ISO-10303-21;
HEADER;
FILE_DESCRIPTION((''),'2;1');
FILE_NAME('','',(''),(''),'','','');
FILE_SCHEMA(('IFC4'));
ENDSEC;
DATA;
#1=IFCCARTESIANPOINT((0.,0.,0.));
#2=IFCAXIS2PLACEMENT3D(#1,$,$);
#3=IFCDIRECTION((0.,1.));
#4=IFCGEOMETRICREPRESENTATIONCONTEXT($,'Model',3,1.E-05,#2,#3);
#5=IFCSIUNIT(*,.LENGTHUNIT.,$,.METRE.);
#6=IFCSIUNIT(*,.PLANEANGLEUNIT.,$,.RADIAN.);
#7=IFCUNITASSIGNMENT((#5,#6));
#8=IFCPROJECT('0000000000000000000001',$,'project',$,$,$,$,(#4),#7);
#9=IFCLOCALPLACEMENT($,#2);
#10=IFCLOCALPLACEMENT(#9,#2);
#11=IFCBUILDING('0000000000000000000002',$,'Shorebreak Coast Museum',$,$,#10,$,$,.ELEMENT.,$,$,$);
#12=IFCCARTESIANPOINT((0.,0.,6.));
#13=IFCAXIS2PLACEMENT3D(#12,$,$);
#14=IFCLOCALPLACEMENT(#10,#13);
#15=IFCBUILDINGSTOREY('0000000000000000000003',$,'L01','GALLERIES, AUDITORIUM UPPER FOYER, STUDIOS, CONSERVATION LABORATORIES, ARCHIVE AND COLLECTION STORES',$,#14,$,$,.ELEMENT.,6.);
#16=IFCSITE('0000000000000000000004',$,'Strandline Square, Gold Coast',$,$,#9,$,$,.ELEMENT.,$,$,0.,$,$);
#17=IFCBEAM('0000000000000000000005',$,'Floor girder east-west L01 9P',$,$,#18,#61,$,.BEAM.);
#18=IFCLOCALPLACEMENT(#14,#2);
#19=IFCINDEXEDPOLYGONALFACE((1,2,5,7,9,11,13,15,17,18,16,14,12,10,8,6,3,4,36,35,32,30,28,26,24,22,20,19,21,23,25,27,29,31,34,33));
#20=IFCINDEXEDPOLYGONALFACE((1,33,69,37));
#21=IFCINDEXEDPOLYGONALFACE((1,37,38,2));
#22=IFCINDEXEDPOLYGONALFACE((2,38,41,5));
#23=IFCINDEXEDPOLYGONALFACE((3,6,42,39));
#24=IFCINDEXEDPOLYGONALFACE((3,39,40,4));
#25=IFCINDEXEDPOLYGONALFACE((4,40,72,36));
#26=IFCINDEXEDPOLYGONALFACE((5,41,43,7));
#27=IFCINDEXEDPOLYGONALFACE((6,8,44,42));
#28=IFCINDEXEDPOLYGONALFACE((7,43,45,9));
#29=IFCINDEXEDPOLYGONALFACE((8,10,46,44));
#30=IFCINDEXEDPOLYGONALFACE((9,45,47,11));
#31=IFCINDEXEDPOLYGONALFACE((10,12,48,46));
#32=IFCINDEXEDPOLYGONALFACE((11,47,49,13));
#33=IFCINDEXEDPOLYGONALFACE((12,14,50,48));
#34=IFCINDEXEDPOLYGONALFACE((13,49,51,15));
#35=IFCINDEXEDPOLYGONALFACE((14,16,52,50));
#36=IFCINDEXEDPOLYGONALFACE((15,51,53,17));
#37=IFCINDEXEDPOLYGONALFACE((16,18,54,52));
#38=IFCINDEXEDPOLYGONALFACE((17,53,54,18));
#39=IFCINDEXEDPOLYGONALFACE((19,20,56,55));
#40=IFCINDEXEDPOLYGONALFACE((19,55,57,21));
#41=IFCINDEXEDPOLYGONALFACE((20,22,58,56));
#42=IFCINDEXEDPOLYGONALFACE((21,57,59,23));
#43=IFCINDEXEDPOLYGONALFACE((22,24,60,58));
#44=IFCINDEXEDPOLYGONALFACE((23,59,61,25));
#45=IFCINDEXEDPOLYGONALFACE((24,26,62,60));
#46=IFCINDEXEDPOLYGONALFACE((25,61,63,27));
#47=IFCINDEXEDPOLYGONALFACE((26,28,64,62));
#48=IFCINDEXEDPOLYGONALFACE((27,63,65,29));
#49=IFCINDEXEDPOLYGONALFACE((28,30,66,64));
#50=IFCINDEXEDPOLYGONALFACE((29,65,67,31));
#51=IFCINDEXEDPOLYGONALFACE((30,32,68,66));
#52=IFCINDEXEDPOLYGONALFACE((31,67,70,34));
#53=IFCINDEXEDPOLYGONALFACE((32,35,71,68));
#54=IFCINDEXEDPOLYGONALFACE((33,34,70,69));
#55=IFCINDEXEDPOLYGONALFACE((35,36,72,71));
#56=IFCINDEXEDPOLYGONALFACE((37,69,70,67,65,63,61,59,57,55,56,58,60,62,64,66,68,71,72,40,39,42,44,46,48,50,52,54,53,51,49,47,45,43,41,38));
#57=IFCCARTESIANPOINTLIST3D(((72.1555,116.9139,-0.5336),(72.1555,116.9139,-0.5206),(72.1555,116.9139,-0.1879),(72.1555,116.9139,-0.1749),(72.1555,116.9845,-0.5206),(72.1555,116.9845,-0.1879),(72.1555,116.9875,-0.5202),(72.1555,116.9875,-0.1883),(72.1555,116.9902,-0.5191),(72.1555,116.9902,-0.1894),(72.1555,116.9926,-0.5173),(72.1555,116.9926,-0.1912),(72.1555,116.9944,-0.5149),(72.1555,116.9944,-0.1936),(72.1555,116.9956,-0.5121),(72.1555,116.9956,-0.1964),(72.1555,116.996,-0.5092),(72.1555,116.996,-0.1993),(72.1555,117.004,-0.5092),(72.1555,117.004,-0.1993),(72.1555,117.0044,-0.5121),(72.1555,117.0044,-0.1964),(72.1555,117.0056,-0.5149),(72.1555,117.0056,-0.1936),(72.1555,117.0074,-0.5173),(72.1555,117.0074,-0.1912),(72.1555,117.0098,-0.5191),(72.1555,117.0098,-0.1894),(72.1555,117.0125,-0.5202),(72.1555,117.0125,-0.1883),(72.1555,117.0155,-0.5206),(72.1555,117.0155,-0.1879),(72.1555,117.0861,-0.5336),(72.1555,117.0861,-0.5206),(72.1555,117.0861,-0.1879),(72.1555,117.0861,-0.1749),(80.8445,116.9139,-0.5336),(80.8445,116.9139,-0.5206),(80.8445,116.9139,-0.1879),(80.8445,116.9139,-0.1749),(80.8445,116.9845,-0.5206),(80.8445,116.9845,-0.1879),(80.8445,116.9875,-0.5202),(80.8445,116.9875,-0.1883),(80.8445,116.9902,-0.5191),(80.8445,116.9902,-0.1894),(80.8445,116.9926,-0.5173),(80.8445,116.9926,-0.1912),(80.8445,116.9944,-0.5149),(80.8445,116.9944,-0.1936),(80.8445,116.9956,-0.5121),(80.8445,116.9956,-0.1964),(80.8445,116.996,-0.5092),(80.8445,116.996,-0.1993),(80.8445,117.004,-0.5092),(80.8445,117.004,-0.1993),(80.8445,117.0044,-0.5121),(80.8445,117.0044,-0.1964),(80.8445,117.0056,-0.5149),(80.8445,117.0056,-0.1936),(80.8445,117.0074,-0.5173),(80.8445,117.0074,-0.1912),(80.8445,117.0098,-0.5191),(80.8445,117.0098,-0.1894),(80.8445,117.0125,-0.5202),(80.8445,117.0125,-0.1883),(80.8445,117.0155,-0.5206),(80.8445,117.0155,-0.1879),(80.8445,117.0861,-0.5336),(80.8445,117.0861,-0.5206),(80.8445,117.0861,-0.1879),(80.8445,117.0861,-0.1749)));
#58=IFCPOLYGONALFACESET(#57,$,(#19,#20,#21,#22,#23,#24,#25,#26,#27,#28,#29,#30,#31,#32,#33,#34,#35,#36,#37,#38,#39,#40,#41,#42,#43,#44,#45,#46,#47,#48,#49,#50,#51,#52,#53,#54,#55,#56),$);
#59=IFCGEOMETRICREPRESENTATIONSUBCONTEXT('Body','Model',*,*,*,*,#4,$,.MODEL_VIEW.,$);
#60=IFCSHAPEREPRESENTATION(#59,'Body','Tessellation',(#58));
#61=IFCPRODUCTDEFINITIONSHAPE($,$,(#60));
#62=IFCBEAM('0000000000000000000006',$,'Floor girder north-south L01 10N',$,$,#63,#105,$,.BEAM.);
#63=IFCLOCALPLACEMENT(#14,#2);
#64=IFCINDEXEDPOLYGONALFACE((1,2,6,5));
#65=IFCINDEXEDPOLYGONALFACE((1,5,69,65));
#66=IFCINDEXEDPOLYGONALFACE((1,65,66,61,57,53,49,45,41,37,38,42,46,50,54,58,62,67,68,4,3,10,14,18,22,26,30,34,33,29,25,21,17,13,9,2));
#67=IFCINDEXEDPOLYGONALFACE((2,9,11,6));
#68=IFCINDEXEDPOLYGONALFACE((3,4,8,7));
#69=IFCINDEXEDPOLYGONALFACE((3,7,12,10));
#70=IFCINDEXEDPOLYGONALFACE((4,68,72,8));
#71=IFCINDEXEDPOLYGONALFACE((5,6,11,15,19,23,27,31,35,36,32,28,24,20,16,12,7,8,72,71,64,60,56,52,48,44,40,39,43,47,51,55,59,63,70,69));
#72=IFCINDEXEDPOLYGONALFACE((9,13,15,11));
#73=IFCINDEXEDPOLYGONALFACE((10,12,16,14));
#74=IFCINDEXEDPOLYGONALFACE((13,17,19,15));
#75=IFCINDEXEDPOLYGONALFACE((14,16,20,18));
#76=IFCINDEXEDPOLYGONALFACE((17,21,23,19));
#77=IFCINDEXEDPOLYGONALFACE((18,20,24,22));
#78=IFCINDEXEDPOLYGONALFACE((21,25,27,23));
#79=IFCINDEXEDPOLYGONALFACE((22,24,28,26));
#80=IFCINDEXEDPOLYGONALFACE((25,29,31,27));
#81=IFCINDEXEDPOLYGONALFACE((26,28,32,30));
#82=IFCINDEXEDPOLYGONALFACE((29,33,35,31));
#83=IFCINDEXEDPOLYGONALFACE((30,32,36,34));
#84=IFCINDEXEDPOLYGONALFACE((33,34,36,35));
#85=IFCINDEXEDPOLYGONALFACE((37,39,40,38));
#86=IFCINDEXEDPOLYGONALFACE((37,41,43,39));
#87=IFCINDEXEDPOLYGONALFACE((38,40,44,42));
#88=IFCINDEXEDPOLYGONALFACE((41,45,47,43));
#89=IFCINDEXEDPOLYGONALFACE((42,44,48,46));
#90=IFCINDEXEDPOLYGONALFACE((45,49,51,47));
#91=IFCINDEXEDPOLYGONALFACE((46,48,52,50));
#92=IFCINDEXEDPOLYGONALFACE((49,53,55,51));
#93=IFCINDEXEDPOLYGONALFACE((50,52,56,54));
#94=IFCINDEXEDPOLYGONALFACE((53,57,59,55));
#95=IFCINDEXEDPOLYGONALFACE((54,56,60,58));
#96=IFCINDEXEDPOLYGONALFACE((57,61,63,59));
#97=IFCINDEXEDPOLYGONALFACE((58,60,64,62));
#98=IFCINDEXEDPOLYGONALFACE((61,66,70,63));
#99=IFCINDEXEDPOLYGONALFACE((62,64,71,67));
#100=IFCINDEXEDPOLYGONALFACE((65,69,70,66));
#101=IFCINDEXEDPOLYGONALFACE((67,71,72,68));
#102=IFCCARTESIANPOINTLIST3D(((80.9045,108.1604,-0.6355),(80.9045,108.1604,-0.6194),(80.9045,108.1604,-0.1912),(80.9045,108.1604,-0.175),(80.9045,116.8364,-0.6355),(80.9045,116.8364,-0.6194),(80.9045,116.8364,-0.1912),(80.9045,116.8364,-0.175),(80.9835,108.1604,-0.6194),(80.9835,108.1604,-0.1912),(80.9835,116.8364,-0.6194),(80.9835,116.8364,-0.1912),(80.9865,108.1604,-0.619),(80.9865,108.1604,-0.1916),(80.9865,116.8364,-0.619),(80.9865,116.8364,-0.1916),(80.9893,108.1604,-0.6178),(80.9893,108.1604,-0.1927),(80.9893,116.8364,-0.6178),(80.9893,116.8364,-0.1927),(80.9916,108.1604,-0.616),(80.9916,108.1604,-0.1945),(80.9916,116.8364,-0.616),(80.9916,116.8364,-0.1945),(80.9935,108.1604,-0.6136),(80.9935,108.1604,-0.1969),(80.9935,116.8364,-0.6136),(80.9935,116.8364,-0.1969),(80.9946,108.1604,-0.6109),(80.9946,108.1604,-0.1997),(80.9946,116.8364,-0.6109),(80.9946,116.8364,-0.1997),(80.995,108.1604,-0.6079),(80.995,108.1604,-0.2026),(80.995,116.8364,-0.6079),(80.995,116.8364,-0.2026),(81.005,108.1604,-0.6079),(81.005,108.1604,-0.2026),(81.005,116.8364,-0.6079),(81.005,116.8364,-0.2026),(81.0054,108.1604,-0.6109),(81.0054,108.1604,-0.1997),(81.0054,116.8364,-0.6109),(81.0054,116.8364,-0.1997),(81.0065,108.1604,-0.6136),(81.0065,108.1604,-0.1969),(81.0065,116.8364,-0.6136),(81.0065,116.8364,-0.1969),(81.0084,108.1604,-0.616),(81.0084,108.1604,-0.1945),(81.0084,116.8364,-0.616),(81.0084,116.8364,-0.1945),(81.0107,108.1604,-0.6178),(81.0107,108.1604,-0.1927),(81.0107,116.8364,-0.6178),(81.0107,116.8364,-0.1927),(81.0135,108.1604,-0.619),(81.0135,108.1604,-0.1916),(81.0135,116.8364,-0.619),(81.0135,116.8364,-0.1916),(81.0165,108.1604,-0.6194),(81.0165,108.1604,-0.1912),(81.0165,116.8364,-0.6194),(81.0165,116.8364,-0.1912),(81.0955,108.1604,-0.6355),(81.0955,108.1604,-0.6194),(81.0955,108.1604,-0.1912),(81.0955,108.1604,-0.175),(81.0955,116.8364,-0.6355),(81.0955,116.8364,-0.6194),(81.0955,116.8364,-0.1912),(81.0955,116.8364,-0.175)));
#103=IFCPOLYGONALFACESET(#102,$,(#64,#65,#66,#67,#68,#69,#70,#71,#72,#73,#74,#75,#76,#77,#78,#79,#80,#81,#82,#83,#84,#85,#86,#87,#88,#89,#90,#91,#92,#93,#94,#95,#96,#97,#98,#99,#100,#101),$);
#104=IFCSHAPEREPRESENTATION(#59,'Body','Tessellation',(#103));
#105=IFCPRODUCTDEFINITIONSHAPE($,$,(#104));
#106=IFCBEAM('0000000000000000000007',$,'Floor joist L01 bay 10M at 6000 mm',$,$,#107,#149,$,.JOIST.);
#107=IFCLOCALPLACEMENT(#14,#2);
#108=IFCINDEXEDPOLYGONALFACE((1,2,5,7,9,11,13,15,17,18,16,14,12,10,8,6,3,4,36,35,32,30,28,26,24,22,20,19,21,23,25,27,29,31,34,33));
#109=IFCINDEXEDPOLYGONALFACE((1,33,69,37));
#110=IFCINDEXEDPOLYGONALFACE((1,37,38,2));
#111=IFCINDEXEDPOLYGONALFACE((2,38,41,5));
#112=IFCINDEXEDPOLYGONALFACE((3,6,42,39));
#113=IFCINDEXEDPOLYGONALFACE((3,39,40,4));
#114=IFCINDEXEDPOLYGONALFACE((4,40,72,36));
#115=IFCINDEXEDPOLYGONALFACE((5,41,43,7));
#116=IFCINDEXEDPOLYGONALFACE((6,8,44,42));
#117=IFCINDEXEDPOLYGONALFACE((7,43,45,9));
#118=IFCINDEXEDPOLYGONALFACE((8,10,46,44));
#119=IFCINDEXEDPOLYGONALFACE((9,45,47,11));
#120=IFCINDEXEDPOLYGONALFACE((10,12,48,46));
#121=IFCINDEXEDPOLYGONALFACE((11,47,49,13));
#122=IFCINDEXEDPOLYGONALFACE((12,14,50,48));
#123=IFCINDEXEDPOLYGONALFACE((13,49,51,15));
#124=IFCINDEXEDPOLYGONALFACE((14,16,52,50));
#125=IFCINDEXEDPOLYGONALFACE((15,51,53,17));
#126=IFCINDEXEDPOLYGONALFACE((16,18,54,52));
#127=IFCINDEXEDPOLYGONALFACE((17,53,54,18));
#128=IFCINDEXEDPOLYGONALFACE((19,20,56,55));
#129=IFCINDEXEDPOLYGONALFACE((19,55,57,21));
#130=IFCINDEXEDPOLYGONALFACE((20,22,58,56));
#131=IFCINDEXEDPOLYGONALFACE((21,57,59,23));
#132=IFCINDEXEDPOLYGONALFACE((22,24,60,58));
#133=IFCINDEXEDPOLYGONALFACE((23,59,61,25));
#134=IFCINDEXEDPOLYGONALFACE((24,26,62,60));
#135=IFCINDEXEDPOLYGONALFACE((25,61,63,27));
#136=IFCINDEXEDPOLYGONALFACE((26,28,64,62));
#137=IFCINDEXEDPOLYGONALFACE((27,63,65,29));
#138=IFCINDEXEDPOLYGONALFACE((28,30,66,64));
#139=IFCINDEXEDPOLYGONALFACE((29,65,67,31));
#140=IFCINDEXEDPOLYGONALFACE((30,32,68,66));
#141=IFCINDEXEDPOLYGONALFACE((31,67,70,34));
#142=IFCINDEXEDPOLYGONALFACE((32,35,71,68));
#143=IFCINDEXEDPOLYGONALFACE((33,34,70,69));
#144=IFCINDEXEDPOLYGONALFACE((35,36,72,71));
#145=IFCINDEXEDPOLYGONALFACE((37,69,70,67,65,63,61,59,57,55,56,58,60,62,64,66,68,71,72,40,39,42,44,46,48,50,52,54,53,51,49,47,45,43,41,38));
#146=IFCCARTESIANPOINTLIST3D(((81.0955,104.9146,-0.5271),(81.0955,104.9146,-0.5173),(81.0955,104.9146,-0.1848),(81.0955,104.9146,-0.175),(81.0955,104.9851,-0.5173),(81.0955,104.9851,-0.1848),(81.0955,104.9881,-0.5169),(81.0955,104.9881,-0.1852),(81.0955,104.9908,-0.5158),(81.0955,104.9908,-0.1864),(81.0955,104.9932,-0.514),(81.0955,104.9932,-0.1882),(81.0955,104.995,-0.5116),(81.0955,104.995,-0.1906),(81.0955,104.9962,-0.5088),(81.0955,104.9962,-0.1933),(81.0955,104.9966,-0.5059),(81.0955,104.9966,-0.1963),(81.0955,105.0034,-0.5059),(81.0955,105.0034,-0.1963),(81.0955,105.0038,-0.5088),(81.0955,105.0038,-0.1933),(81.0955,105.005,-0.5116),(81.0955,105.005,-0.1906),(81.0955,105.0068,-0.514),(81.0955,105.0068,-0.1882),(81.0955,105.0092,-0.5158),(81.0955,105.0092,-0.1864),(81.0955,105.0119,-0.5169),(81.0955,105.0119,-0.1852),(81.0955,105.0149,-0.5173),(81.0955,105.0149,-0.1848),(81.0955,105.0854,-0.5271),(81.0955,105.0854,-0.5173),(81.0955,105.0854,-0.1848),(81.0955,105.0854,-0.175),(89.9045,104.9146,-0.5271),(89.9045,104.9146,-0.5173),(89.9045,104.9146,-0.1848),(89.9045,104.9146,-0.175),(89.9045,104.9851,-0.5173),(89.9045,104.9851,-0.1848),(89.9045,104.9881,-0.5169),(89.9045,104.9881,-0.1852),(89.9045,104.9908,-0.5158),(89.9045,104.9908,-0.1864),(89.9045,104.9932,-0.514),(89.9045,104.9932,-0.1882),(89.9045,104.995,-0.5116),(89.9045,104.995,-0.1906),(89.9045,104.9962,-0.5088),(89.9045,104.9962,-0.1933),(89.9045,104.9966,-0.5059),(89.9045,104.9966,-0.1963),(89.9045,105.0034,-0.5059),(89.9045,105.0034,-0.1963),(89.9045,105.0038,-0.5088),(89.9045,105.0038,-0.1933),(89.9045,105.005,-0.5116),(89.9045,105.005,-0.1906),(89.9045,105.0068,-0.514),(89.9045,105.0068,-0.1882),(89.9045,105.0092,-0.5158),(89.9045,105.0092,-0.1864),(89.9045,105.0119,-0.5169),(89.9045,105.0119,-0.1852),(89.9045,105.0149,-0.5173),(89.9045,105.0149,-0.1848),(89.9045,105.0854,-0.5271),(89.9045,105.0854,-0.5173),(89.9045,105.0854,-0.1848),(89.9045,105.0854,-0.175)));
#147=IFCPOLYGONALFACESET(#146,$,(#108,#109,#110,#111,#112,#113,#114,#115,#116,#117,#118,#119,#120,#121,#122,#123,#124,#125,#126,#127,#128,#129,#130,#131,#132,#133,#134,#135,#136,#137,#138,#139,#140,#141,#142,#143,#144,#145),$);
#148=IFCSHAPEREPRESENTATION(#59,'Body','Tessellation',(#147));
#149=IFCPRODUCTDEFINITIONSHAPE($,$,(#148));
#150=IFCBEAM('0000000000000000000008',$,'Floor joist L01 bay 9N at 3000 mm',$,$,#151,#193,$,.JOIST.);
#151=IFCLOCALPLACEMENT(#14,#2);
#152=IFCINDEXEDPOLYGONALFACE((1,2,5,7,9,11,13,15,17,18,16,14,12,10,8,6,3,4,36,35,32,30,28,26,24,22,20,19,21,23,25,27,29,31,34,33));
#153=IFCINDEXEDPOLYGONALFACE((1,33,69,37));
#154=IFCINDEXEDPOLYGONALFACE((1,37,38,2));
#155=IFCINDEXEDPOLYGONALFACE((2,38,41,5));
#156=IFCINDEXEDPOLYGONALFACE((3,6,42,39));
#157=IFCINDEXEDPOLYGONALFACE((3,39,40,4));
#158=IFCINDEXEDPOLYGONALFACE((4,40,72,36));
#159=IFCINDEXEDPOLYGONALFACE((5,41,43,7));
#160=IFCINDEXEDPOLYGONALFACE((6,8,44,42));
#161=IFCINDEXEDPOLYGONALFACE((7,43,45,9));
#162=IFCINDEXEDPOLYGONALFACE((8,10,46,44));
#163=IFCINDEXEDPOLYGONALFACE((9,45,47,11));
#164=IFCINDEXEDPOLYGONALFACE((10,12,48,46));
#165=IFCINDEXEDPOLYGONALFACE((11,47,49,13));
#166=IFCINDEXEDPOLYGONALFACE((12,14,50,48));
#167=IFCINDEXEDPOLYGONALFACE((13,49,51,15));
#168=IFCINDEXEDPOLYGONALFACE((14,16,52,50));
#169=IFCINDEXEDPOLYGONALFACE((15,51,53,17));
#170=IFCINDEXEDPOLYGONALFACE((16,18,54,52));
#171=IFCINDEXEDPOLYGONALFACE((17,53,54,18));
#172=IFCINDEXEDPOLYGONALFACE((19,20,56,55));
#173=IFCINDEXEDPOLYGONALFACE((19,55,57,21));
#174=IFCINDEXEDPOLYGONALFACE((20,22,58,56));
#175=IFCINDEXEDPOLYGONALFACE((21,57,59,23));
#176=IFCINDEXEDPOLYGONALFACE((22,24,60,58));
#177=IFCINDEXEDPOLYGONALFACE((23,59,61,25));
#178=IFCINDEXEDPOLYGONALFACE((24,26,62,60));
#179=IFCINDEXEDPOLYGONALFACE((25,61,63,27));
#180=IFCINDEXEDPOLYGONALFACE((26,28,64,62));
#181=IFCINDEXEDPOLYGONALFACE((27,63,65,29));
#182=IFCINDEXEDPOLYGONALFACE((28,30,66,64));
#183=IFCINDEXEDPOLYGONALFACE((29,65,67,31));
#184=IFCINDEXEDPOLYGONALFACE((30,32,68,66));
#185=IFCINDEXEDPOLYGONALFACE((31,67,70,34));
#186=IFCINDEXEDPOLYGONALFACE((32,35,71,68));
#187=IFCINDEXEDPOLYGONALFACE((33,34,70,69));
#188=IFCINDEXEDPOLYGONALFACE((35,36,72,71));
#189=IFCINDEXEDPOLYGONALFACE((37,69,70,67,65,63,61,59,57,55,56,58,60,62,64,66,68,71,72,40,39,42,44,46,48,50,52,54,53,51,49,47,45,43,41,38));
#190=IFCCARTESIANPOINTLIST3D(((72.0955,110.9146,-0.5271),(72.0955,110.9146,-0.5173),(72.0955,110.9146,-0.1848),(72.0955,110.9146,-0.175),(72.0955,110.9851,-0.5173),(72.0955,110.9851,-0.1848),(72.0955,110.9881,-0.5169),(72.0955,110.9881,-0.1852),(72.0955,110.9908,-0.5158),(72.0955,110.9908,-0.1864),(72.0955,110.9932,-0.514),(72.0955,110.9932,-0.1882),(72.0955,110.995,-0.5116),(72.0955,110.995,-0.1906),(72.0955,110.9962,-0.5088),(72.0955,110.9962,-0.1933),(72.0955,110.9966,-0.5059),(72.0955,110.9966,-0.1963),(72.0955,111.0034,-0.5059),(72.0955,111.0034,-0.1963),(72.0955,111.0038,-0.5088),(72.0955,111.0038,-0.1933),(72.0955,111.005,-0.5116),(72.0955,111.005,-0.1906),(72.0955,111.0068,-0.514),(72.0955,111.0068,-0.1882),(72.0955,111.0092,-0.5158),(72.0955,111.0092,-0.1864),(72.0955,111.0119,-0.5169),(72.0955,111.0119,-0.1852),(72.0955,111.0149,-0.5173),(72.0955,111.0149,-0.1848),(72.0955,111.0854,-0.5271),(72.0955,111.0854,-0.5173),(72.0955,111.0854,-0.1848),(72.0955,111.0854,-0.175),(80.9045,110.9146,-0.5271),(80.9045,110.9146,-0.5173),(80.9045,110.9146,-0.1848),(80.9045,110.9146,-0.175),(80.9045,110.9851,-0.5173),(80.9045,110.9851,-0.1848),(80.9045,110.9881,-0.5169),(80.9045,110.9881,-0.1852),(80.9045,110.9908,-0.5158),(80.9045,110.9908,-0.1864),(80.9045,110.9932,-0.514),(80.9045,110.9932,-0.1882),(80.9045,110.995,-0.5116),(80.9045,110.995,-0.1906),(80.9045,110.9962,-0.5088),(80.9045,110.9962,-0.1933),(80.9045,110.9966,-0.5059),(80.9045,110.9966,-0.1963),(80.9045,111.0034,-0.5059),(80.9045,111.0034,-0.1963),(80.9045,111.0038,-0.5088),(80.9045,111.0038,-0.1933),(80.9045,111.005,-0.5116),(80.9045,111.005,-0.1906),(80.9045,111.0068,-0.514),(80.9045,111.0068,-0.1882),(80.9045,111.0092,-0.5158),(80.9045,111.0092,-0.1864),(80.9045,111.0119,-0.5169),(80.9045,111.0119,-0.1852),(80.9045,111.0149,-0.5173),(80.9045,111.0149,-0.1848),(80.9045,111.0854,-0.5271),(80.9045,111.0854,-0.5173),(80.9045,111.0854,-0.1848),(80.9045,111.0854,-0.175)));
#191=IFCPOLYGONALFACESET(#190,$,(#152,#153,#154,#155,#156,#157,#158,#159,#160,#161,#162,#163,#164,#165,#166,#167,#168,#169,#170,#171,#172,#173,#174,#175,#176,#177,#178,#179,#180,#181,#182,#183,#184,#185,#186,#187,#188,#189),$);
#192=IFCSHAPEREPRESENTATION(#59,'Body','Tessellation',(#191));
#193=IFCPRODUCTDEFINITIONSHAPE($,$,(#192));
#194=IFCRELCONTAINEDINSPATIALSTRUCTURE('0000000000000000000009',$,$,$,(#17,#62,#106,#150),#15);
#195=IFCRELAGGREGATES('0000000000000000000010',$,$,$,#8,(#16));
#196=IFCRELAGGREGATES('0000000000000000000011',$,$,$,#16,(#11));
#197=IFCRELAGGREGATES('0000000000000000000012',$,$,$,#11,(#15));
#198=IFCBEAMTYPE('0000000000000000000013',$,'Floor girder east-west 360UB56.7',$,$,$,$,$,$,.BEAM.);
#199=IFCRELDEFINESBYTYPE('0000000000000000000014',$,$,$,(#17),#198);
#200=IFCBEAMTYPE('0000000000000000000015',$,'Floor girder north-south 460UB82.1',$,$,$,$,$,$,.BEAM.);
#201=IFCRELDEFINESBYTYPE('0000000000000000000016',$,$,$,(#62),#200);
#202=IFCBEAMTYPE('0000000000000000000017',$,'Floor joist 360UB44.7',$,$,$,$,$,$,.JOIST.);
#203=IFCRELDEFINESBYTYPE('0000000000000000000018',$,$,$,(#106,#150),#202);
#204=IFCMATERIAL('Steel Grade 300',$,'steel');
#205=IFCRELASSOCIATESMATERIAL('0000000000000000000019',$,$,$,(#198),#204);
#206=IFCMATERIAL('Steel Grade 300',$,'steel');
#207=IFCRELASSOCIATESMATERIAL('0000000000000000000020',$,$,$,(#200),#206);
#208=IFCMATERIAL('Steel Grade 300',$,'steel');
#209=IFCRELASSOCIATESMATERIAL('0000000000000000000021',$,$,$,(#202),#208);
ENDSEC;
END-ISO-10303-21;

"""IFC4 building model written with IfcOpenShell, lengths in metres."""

from ifc_helpers import new_model, si_unit, direction, frame, origin, origin_2d, place, context, subcontext, project, spatial, i_section, extrude, material, material_profile, profile_set, type_object, element, save


model = new_model("IFC4")

# Units and contexts
model_context = context("Model", 3, precision=1e-05, world=origin(), true_north=direction((0.0, 1.0)))
body_context = subcontext(model_context, "Body", "Model", "MODEL_VIEW")
ifc_project = project(units=[si_unit("LENGTHUNIT", "METRE"), si_unit("PLANEANGLEUNIT", "RADIAN")], contexts=[model_context])

# Site, building, storey
site_placement = place(None, origin())
site = spatial("IfcSite", under=ifc_project, at=site_placement, Name="Strandline Square, Gold Coast", CompositionType="ELEMENT", RefElevation=0.0)
building_placement = place(site_placement, origin())
building = spatial("IfcBuilding", under=site, at=building_placement, Name="Shorebreak Coast Museum", CompositionType="ELEMENT")
storey_placement = place(building_placement, frame((0.0, 0.0, 6.0)))
storey = spatial("IfcBuildingStorey", under=building, at=storey_placement, Name="L01", Description="GALLERIES, AUDITORIUM UPPER FOYER, STUDIOS, CONSERVATION LABORATORIES, ARCHIVE AND COLLECTION STORES", CompositionType="ELEMENT", Elevation=6.0)

# Beams
ifc_material_1 = material(Name="Steel Grade 300", Category="steel")
ifc_material_profile_1 = material_profile(ifc_material_1, i_section(OverallWidth=0.1721, OverallDepth=0.3586, WebThickness=0.0081, FlangeThickness=0.0129, FilletRadius=0.0115, at=origin_2d()), Name="360UB56.7")
ifc_profile_set_1 = profile_set([ifc_material_profile_1], Name="Steel Grade 300")
beam_type_1 = type_object("IfcBeamType", Name="Floor girder east-west 360UB56.7", PredefinedType="BEAM", material=ifc_profile_set_1)
beam_1_placement = place(storey_placement, frame((72.1555, 117.0, -0.3542), z_axis=(1.0, 0.0, 0.0), x_axis=(0.0, 1.0, 0.0)))
element("IfcBeam", 1, at=beam_1_placement, inside=storey, type_object=beam_type_1, Name="Floor girder east-west L01 9P", PredefinedType="BEAM", context=body_context, shape_type="SweptSolid", body=[
    extrude(i_section(OverallWidth=0.1721, OverallDepth=0.3586, WebThickness=0.0081, FlangeThickness=0.0129, FilletRadius=0.0115, at=origin_2d()), origin(), (0.0, 0.0, 1.0), 8.689),
])
ifc_material_2 = material(Name="Steel Grade 300", Category="steel")
ifc_material_profile_2 = material_profile(ifc_material_2, i_section(OverallWidth=0.1909, OverallDepth=0.4604, WebThickness=0.01, FlangeThickness=0.0161, FilletRadius=0.0115, at=origin_2d()), Name="460UB82.1")
ifc_profile_set_2 = profile_set([ifc_material_profile_2], Name="Steel Grade 300")
beam_type_2 = type_object("IfcBeamType", Name="Floor girder north-south 460UB82.1", PredefinedType="BEAM", material=ifc_profile_set_2)
beam_2_placement = place(storey_placement, frame((81.0, 108.1604, -0.4053), z_axis=(0.0, 1.0, 0.0), x_axis=(-1.0, 0.0, 0.0)))
element("IfcBeam", 2, at=beam_2_placement, inside=storey, type_object=beam_type_2, Name="Floor girder north-south L01 10N", PredefinedType="BEAM", context=body_context, shape_type="SweptSolid", body=[
    extrude(i_section(OverallWidth=0.1909, OverallDepth=0.4604, WebThickness=0.01, FlangeThickness=0.0161, FilletRadius=0.0115, at=origin_2d()), origin(), (0.0, 0.0, 1.0), 8.676),
])
ifc_material_3 = material(Name="Steel Grade 300", Category="steel")
ifc_material_profile_3 = material_profile(ifc_material_3, i_section(OverallWidth=0.1709, OverallDepth=0.3521, WebThickness=0.0068, FlangeThickness=0.0098, FilletRadius=0.0115, at=origin_2d()), Name="360UB44.7")
ifc_profile_set_3 = profile_set([ifc_material_profile_3], Name="Steel Grade 300")
beam_type_3 = type_object("IfcBeamType", Name="Floor joist 360UB44.7", PredefinedType="JOIST", material=ifc_profile_set_3)
for number, where, z_axis, x_axis, name in (
    (3, (81.0955, 105.0, -0.3511), (1.0, 0.0, 0.0), (0.0, 1.0, 0.0), "Floor joist L01 bay 10M at 6000 mm"),
    (4, (72.0955, 111.0, -0.3511), (1.0, 0.0, 0.0), (0.0, 1.0, 0.0), "Floor joist L01 bay 9N at 3000 mm"),
):
    element("IfcBeam", number, at=place(storey_placement, frame(where, z_axis=z_axis, x_axis=x_axis)), inside=storey, type_object=beam_type_3, Name=name, PredefinedType="JOIST", context=body_context, shape_type="SweptSolid", body=[
        extrude(i_section(OverallWidth=0.1709, OverallDepth=0.3521, WebThickness=0.0068, FlangeThickness=0.0098, FilletRadius=0.0115, at=origin_2d()), origin(), (0.0, 0.0, 1.0), 8.8091),
    ])

save(model, "model.ifc")
